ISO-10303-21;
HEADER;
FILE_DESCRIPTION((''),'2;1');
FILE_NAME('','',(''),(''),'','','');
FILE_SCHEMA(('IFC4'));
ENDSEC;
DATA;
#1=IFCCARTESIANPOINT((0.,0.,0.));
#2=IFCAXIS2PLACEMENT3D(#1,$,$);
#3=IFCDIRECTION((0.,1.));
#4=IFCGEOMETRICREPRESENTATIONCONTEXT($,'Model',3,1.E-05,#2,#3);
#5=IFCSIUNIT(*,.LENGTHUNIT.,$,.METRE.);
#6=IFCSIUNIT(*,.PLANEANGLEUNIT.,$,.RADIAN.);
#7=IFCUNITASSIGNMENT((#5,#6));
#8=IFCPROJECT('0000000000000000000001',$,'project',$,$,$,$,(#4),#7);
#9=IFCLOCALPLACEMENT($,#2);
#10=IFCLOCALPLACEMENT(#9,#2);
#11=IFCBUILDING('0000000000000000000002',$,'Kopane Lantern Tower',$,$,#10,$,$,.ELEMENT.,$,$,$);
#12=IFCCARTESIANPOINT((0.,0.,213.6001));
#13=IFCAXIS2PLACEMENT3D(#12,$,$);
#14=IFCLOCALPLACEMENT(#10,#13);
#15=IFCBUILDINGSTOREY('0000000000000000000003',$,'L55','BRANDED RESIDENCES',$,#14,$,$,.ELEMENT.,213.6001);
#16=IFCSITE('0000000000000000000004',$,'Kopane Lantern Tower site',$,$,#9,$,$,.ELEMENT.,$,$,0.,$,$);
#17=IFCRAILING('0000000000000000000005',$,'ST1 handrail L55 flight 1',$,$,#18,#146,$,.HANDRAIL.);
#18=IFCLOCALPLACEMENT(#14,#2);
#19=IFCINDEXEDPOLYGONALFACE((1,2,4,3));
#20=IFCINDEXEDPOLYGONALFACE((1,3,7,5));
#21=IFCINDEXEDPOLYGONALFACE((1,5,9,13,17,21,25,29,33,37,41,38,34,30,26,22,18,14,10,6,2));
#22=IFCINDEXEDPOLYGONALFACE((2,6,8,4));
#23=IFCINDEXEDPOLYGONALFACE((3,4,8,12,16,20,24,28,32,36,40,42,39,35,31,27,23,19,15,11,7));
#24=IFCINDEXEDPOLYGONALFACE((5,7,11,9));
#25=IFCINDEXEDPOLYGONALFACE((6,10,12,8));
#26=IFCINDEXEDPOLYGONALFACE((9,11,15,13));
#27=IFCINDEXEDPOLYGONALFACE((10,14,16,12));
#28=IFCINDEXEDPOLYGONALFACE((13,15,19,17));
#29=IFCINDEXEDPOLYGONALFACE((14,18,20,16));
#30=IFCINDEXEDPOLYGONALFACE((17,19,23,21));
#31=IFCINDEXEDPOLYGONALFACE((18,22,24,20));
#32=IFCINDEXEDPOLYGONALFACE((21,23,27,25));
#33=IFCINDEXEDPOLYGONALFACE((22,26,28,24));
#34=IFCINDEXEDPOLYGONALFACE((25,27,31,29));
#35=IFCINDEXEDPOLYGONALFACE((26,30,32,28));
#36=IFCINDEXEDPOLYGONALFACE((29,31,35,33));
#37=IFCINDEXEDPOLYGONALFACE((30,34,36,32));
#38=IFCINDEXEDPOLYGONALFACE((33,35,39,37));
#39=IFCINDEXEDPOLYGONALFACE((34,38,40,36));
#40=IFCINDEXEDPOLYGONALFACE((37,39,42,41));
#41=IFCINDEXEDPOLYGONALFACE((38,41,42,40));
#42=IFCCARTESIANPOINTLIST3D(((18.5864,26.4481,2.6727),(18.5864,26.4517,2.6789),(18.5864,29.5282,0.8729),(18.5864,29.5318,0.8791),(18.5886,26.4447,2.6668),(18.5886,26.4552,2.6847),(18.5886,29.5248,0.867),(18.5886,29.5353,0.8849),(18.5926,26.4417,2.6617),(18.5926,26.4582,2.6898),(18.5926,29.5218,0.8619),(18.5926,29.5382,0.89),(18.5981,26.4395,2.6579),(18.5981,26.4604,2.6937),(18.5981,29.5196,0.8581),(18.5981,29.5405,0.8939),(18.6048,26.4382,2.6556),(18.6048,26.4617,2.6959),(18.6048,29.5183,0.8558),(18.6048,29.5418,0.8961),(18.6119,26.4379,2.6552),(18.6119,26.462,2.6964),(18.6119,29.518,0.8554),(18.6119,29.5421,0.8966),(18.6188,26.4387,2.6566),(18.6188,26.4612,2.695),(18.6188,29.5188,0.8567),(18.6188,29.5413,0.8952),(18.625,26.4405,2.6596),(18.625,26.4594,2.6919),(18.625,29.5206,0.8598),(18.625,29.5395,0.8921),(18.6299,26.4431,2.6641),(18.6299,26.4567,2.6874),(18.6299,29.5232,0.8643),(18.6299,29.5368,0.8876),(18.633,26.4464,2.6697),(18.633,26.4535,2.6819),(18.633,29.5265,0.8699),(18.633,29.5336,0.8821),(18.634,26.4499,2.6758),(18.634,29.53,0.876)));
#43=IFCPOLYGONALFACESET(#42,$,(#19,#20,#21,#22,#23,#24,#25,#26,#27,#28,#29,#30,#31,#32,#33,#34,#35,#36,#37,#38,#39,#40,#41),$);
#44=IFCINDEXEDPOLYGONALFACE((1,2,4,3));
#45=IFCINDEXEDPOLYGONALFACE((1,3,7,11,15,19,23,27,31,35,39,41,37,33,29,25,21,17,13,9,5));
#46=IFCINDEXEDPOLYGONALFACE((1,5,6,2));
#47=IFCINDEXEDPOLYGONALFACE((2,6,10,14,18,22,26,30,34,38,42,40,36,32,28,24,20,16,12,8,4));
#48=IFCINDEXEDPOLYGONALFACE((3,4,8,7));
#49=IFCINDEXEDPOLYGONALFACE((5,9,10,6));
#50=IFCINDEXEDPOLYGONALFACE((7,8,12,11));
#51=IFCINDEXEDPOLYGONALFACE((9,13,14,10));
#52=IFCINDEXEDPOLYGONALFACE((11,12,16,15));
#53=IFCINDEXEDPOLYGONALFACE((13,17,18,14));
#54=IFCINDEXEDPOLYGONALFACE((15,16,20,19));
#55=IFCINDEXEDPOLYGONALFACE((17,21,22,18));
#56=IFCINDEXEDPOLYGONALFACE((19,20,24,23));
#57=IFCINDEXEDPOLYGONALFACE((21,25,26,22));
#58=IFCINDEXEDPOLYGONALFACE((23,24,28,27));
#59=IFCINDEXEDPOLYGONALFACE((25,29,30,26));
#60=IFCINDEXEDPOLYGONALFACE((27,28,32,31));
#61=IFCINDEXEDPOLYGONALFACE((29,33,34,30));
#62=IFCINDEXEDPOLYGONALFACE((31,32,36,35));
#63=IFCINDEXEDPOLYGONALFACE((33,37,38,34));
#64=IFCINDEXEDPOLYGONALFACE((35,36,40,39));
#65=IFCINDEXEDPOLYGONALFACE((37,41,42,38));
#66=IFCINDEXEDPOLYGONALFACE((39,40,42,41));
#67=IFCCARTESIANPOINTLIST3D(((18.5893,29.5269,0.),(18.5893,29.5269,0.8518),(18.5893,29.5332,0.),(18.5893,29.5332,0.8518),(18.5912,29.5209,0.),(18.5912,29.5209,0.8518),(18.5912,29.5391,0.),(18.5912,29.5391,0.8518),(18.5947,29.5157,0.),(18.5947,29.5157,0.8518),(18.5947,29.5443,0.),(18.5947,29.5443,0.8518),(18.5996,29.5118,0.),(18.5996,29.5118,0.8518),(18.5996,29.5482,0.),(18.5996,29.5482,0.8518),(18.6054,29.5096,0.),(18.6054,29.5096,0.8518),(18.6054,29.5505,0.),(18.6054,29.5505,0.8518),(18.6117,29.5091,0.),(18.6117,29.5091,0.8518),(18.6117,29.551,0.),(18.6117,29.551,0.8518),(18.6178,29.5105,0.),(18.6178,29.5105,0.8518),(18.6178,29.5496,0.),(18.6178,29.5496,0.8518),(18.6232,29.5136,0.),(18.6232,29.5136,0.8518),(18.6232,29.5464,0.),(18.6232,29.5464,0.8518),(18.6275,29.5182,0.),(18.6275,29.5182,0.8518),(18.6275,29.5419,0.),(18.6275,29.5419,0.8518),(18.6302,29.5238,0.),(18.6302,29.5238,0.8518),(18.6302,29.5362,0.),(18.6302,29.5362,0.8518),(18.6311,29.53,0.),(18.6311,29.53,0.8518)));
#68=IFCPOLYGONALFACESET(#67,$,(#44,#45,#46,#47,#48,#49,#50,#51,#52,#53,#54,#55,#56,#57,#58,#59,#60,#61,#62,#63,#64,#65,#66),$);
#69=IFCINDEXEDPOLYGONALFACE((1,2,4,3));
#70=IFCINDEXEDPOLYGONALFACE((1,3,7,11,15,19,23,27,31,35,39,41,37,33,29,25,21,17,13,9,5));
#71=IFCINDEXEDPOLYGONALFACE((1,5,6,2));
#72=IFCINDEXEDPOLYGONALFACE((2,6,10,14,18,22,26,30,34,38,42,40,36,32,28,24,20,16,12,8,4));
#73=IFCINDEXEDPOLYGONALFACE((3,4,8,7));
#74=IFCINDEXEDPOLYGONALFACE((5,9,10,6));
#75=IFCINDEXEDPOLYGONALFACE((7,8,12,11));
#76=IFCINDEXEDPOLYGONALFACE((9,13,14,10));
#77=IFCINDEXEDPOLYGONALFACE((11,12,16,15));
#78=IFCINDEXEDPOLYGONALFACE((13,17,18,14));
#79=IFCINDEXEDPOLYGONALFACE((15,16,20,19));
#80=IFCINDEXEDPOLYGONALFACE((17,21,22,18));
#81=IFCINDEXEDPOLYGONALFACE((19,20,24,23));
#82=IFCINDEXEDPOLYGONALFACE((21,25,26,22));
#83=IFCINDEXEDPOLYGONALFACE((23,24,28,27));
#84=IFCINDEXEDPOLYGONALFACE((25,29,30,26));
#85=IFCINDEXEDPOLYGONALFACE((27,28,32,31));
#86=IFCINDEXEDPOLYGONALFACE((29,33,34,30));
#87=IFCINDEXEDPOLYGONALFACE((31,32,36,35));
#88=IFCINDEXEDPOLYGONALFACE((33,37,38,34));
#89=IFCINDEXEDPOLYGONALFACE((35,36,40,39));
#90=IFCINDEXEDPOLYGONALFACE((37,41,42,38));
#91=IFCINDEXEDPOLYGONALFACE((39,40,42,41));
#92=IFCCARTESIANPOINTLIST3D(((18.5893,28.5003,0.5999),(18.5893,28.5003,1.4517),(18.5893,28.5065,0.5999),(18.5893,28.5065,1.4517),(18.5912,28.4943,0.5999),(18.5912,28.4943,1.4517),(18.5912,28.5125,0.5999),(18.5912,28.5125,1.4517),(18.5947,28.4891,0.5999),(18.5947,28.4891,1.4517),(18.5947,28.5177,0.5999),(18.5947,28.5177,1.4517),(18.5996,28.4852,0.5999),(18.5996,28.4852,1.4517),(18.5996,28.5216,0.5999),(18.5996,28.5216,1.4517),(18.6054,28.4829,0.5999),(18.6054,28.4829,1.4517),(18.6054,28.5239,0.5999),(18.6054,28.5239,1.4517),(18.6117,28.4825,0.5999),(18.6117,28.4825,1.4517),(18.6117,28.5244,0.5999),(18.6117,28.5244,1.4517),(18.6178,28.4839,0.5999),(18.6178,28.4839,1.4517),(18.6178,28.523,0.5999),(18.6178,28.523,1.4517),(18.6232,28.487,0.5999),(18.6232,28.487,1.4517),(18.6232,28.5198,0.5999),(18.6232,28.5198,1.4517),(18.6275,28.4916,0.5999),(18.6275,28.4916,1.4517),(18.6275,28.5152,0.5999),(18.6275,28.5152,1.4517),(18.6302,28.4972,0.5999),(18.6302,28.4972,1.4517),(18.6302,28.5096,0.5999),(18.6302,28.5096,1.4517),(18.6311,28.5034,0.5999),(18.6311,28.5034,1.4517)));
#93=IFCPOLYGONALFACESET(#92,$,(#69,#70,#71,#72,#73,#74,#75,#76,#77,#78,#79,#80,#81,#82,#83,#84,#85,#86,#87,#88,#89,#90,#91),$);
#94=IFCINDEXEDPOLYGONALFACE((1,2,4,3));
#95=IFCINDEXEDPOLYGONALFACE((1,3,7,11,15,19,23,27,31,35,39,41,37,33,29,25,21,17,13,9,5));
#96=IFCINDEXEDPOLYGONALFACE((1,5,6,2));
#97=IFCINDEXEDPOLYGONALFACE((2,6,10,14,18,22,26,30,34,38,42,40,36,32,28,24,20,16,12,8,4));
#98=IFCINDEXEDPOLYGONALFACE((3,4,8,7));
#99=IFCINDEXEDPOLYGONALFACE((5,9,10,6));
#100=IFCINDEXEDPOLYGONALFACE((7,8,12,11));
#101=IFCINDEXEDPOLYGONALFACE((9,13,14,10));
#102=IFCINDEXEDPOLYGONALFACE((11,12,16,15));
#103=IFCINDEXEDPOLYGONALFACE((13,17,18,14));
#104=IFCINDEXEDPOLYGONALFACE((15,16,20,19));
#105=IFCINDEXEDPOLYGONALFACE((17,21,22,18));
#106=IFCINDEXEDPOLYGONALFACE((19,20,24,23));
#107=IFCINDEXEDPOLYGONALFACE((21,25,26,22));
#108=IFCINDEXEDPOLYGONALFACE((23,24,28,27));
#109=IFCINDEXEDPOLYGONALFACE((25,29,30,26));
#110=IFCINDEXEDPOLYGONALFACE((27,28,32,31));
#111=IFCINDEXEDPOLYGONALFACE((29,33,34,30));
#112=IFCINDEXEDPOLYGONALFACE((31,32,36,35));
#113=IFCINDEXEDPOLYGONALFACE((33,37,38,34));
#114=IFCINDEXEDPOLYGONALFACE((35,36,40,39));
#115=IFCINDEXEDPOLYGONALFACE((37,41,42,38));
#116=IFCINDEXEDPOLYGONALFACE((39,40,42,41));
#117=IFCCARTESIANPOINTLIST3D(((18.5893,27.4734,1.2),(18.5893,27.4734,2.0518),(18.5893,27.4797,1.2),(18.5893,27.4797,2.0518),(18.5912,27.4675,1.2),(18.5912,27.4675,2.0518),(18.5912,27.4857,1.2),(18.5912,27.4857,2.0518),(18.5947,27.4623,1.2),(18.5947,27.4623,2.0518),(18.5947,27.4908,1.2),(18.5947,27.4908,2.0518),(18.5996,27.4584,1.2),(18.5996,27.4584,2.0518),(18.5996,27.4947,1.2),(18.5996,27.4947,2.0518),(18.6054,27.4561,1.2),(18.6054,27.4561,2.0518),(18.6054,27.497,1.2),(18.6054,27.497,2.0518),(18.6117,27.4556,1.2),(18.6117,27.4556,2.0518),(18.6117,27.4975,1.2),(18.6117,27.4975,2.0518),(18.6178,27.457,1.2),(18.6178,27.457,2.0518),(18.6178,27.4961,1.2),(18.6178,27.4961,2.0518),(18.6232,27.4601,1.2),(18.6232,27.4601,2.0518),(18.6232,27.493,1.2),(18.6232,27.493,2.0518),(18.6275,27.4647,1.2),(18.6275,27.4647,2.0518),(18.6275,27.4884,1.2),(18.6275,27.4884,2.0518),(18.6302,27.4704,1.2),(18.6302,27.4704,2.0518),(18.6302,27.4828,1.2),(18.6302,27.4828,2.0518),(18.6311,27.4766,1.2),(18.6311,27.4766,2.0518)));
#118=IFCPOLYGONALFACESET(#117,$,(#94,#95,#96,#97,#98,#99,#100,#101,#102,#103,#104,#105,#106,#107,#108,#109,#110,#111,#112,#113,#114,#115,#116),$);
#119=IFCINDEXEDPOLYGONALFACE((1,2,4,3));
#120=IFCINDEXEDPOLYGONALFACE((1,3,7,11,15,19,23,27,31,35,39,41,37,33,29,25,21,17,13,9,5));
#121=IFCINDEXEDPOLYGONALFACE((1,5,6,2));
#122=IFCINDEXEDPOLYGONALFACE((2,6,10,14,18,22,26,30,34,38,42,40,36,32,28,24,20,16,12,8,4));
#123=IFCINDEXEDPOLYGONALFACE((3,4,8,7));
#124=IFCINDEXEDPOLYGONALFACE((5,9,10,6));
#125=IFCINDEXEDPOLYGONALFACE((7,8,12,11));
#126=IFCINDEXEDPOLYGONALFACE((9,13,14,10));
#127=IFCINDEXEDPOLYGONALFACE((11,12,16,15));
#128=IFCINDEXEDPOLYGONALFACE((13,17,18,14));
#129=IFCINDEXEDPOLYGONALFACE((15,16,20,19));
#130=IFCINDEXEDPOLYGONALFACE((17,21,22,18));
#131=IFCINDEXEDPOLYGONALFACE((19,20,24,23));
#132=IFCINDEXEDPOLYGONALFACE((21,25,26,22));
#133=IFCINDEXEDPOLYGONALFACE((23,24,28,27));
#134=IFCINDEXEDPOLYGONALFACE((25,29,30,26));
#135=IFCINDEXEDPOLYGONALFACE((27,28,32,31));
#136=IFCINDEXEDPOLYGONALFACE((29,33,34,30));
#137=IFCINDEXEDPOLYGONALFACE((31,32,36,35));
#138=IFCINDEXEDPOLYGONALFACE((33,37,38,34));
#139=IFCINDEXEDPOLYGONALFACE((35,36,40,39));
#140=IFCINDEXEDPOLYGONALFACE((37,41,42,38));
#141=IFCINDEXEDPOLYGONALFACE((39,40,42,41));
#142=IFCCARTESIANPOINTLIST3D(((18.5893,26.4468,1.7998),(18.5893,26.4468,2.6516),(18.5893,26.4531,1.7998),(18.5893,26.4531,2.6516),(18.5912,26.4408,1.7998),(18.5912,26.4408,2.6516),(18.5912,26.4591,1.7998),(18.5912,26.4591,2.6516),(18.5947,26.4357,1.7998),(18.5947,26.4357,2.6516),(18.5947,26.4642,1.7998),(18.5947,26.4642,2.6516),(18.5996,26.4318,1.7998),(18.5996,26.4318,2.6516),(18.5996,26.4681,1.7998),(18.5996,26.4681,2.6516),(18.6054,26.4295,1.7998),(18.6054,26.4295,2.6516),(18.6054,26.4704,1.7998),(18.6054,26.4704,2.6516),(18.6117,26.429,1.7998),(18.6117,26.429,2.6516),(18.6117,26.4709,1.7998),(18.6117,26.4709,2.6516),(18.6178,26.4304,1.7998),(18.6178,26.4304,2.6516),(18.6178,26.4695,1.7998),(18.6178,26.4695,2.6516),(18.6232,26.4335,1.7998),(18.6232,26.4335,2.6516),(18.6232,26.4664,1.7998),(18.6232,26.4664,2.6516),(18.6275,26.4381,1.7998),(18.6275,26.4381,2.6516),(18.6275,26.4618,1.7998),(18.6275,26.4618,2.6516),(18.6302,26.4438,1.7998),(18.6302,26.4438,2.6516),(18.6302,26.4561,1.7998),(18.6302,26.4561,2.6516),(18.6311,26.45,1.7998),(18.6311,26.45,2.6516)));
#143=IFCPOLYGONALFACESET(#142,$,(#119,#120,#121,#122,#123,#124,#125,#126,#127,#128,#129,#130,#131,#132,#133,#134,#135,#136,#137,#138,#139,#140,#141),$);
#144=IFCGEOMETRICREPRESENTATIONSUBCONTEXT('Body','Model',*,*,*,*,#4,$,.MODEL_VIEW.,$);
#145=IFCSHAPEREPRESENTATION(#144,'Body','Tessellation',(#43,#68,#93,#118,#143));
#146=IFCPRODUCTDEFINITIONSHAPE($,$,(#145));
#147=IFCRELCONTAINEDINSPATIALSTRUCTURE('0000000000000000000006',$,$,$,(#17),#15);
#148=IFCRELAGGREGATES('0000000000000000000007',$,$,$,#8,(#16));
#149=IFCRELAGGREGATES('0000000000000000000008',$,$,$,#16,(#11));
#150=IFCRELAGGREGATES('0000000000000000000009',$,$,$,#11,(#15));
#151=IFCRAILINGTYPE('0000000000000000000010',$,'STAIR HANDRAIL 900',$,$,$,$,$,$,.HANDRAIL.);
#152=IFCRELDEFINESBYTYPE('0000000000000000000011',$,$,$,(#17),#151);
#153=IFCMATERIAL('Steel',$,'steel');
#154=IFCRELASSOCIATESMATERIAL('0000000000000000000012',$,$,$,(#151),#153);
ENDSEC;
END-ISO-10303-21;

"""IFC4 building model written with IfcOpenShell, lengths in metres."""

from ifc_helpers import new_model, si_unit, direction, frame, origin, origin_2d, place, context, subcontext, project, spatial, circle, extrude, material, type_object, element, save


model = new_model("IFC4")

# Units and contexts
model_context = context("Model", 3, precision=1e-05, world=origin(), true_north=direction((0.0, 1.0)))
body_context = subcontext(model_context, "Body", "Model", "MODEL_VIEW")
ifc_project = project(units=[si_unit("LENGTHUNIT", "METRE"), si_unit("PLANEANGLEUNIT", "RADIAN")], contexts=[model_context])

# Site, building, storey
site_placement = place(None, origin())
site = spatial("IfcSite", under=ifc_project, at=site_placement, Name="Kopane Lantern Tower site", CompositionType="ELEMENT", RefElevation=0.0)
building_placement = place(site_placement, origin())
building = spatial("IfcBuilding", under=site, at=building_placement, Name="Kopane Lantern Tower", CompositionType="ELEMENT")
storey_placement = place(building_placement, frame((0.0, 0.0, 213.6001)))
storey = spatial("IfcBuildingStorey", under=building, at=storey_placement, Name="L55", Description="BRANDED RESIDENCES", CompositionType="ELEMENT", Elevation=213.6001)

# Railing
ifc_material_1 = material(Name="Steel", Category="steel")
railing_type_1 = type_object("IfcRailingType", Name="STAIR HANDRAIL 900", PredefinedType="HANDRAIL", material=ifc_material_1)
for number, where, name in (
    (1, (18.6101, 29.53, 0.0), "ST1 handrail L55 flight 1"),
):
    element("IfcRailing", number, at=place(storey_placement, frame(where)), inside=storey, type_object=railing_type_1, Name=name, PredefinedType="HANDRAIL", context=body_context, shape_type="SweptSolid", body=[
        extrude(circle(Radius=0.0239, at=origin_2d()), frame((0.0, 0.0, 0.876), z_axis=(0.0, -0.863401, 0.504518), x_axis=(1.0, 0.0, 0.0)), (0.0, 0.0, 1.0), 3.5674),
        extrude(circle(Radius=0.021, at=origin_2d()), origin(), (0.0, 0.0, 1.0), 0.8518),
        extrude(circle(Radius=0.021, at=origin_2d()), frame((0.0, -1.0266, 0.5999)), (0.0, 0.0, 1.0), 0.8518),
        extrude(circle(Radius=0.021, at=origin_2d()), frame((0.0, -2.0535, 1.2)), (0.0, 0.0, 1.0), 0.8518),
        extrude(circle(Radius=0.021, at=origin_2d()), frame((0.0, -3.0801, 1.7998)), (0.0, 0.0, 1.0), 0.8518),
    ])

save(model, "model.ifc")
